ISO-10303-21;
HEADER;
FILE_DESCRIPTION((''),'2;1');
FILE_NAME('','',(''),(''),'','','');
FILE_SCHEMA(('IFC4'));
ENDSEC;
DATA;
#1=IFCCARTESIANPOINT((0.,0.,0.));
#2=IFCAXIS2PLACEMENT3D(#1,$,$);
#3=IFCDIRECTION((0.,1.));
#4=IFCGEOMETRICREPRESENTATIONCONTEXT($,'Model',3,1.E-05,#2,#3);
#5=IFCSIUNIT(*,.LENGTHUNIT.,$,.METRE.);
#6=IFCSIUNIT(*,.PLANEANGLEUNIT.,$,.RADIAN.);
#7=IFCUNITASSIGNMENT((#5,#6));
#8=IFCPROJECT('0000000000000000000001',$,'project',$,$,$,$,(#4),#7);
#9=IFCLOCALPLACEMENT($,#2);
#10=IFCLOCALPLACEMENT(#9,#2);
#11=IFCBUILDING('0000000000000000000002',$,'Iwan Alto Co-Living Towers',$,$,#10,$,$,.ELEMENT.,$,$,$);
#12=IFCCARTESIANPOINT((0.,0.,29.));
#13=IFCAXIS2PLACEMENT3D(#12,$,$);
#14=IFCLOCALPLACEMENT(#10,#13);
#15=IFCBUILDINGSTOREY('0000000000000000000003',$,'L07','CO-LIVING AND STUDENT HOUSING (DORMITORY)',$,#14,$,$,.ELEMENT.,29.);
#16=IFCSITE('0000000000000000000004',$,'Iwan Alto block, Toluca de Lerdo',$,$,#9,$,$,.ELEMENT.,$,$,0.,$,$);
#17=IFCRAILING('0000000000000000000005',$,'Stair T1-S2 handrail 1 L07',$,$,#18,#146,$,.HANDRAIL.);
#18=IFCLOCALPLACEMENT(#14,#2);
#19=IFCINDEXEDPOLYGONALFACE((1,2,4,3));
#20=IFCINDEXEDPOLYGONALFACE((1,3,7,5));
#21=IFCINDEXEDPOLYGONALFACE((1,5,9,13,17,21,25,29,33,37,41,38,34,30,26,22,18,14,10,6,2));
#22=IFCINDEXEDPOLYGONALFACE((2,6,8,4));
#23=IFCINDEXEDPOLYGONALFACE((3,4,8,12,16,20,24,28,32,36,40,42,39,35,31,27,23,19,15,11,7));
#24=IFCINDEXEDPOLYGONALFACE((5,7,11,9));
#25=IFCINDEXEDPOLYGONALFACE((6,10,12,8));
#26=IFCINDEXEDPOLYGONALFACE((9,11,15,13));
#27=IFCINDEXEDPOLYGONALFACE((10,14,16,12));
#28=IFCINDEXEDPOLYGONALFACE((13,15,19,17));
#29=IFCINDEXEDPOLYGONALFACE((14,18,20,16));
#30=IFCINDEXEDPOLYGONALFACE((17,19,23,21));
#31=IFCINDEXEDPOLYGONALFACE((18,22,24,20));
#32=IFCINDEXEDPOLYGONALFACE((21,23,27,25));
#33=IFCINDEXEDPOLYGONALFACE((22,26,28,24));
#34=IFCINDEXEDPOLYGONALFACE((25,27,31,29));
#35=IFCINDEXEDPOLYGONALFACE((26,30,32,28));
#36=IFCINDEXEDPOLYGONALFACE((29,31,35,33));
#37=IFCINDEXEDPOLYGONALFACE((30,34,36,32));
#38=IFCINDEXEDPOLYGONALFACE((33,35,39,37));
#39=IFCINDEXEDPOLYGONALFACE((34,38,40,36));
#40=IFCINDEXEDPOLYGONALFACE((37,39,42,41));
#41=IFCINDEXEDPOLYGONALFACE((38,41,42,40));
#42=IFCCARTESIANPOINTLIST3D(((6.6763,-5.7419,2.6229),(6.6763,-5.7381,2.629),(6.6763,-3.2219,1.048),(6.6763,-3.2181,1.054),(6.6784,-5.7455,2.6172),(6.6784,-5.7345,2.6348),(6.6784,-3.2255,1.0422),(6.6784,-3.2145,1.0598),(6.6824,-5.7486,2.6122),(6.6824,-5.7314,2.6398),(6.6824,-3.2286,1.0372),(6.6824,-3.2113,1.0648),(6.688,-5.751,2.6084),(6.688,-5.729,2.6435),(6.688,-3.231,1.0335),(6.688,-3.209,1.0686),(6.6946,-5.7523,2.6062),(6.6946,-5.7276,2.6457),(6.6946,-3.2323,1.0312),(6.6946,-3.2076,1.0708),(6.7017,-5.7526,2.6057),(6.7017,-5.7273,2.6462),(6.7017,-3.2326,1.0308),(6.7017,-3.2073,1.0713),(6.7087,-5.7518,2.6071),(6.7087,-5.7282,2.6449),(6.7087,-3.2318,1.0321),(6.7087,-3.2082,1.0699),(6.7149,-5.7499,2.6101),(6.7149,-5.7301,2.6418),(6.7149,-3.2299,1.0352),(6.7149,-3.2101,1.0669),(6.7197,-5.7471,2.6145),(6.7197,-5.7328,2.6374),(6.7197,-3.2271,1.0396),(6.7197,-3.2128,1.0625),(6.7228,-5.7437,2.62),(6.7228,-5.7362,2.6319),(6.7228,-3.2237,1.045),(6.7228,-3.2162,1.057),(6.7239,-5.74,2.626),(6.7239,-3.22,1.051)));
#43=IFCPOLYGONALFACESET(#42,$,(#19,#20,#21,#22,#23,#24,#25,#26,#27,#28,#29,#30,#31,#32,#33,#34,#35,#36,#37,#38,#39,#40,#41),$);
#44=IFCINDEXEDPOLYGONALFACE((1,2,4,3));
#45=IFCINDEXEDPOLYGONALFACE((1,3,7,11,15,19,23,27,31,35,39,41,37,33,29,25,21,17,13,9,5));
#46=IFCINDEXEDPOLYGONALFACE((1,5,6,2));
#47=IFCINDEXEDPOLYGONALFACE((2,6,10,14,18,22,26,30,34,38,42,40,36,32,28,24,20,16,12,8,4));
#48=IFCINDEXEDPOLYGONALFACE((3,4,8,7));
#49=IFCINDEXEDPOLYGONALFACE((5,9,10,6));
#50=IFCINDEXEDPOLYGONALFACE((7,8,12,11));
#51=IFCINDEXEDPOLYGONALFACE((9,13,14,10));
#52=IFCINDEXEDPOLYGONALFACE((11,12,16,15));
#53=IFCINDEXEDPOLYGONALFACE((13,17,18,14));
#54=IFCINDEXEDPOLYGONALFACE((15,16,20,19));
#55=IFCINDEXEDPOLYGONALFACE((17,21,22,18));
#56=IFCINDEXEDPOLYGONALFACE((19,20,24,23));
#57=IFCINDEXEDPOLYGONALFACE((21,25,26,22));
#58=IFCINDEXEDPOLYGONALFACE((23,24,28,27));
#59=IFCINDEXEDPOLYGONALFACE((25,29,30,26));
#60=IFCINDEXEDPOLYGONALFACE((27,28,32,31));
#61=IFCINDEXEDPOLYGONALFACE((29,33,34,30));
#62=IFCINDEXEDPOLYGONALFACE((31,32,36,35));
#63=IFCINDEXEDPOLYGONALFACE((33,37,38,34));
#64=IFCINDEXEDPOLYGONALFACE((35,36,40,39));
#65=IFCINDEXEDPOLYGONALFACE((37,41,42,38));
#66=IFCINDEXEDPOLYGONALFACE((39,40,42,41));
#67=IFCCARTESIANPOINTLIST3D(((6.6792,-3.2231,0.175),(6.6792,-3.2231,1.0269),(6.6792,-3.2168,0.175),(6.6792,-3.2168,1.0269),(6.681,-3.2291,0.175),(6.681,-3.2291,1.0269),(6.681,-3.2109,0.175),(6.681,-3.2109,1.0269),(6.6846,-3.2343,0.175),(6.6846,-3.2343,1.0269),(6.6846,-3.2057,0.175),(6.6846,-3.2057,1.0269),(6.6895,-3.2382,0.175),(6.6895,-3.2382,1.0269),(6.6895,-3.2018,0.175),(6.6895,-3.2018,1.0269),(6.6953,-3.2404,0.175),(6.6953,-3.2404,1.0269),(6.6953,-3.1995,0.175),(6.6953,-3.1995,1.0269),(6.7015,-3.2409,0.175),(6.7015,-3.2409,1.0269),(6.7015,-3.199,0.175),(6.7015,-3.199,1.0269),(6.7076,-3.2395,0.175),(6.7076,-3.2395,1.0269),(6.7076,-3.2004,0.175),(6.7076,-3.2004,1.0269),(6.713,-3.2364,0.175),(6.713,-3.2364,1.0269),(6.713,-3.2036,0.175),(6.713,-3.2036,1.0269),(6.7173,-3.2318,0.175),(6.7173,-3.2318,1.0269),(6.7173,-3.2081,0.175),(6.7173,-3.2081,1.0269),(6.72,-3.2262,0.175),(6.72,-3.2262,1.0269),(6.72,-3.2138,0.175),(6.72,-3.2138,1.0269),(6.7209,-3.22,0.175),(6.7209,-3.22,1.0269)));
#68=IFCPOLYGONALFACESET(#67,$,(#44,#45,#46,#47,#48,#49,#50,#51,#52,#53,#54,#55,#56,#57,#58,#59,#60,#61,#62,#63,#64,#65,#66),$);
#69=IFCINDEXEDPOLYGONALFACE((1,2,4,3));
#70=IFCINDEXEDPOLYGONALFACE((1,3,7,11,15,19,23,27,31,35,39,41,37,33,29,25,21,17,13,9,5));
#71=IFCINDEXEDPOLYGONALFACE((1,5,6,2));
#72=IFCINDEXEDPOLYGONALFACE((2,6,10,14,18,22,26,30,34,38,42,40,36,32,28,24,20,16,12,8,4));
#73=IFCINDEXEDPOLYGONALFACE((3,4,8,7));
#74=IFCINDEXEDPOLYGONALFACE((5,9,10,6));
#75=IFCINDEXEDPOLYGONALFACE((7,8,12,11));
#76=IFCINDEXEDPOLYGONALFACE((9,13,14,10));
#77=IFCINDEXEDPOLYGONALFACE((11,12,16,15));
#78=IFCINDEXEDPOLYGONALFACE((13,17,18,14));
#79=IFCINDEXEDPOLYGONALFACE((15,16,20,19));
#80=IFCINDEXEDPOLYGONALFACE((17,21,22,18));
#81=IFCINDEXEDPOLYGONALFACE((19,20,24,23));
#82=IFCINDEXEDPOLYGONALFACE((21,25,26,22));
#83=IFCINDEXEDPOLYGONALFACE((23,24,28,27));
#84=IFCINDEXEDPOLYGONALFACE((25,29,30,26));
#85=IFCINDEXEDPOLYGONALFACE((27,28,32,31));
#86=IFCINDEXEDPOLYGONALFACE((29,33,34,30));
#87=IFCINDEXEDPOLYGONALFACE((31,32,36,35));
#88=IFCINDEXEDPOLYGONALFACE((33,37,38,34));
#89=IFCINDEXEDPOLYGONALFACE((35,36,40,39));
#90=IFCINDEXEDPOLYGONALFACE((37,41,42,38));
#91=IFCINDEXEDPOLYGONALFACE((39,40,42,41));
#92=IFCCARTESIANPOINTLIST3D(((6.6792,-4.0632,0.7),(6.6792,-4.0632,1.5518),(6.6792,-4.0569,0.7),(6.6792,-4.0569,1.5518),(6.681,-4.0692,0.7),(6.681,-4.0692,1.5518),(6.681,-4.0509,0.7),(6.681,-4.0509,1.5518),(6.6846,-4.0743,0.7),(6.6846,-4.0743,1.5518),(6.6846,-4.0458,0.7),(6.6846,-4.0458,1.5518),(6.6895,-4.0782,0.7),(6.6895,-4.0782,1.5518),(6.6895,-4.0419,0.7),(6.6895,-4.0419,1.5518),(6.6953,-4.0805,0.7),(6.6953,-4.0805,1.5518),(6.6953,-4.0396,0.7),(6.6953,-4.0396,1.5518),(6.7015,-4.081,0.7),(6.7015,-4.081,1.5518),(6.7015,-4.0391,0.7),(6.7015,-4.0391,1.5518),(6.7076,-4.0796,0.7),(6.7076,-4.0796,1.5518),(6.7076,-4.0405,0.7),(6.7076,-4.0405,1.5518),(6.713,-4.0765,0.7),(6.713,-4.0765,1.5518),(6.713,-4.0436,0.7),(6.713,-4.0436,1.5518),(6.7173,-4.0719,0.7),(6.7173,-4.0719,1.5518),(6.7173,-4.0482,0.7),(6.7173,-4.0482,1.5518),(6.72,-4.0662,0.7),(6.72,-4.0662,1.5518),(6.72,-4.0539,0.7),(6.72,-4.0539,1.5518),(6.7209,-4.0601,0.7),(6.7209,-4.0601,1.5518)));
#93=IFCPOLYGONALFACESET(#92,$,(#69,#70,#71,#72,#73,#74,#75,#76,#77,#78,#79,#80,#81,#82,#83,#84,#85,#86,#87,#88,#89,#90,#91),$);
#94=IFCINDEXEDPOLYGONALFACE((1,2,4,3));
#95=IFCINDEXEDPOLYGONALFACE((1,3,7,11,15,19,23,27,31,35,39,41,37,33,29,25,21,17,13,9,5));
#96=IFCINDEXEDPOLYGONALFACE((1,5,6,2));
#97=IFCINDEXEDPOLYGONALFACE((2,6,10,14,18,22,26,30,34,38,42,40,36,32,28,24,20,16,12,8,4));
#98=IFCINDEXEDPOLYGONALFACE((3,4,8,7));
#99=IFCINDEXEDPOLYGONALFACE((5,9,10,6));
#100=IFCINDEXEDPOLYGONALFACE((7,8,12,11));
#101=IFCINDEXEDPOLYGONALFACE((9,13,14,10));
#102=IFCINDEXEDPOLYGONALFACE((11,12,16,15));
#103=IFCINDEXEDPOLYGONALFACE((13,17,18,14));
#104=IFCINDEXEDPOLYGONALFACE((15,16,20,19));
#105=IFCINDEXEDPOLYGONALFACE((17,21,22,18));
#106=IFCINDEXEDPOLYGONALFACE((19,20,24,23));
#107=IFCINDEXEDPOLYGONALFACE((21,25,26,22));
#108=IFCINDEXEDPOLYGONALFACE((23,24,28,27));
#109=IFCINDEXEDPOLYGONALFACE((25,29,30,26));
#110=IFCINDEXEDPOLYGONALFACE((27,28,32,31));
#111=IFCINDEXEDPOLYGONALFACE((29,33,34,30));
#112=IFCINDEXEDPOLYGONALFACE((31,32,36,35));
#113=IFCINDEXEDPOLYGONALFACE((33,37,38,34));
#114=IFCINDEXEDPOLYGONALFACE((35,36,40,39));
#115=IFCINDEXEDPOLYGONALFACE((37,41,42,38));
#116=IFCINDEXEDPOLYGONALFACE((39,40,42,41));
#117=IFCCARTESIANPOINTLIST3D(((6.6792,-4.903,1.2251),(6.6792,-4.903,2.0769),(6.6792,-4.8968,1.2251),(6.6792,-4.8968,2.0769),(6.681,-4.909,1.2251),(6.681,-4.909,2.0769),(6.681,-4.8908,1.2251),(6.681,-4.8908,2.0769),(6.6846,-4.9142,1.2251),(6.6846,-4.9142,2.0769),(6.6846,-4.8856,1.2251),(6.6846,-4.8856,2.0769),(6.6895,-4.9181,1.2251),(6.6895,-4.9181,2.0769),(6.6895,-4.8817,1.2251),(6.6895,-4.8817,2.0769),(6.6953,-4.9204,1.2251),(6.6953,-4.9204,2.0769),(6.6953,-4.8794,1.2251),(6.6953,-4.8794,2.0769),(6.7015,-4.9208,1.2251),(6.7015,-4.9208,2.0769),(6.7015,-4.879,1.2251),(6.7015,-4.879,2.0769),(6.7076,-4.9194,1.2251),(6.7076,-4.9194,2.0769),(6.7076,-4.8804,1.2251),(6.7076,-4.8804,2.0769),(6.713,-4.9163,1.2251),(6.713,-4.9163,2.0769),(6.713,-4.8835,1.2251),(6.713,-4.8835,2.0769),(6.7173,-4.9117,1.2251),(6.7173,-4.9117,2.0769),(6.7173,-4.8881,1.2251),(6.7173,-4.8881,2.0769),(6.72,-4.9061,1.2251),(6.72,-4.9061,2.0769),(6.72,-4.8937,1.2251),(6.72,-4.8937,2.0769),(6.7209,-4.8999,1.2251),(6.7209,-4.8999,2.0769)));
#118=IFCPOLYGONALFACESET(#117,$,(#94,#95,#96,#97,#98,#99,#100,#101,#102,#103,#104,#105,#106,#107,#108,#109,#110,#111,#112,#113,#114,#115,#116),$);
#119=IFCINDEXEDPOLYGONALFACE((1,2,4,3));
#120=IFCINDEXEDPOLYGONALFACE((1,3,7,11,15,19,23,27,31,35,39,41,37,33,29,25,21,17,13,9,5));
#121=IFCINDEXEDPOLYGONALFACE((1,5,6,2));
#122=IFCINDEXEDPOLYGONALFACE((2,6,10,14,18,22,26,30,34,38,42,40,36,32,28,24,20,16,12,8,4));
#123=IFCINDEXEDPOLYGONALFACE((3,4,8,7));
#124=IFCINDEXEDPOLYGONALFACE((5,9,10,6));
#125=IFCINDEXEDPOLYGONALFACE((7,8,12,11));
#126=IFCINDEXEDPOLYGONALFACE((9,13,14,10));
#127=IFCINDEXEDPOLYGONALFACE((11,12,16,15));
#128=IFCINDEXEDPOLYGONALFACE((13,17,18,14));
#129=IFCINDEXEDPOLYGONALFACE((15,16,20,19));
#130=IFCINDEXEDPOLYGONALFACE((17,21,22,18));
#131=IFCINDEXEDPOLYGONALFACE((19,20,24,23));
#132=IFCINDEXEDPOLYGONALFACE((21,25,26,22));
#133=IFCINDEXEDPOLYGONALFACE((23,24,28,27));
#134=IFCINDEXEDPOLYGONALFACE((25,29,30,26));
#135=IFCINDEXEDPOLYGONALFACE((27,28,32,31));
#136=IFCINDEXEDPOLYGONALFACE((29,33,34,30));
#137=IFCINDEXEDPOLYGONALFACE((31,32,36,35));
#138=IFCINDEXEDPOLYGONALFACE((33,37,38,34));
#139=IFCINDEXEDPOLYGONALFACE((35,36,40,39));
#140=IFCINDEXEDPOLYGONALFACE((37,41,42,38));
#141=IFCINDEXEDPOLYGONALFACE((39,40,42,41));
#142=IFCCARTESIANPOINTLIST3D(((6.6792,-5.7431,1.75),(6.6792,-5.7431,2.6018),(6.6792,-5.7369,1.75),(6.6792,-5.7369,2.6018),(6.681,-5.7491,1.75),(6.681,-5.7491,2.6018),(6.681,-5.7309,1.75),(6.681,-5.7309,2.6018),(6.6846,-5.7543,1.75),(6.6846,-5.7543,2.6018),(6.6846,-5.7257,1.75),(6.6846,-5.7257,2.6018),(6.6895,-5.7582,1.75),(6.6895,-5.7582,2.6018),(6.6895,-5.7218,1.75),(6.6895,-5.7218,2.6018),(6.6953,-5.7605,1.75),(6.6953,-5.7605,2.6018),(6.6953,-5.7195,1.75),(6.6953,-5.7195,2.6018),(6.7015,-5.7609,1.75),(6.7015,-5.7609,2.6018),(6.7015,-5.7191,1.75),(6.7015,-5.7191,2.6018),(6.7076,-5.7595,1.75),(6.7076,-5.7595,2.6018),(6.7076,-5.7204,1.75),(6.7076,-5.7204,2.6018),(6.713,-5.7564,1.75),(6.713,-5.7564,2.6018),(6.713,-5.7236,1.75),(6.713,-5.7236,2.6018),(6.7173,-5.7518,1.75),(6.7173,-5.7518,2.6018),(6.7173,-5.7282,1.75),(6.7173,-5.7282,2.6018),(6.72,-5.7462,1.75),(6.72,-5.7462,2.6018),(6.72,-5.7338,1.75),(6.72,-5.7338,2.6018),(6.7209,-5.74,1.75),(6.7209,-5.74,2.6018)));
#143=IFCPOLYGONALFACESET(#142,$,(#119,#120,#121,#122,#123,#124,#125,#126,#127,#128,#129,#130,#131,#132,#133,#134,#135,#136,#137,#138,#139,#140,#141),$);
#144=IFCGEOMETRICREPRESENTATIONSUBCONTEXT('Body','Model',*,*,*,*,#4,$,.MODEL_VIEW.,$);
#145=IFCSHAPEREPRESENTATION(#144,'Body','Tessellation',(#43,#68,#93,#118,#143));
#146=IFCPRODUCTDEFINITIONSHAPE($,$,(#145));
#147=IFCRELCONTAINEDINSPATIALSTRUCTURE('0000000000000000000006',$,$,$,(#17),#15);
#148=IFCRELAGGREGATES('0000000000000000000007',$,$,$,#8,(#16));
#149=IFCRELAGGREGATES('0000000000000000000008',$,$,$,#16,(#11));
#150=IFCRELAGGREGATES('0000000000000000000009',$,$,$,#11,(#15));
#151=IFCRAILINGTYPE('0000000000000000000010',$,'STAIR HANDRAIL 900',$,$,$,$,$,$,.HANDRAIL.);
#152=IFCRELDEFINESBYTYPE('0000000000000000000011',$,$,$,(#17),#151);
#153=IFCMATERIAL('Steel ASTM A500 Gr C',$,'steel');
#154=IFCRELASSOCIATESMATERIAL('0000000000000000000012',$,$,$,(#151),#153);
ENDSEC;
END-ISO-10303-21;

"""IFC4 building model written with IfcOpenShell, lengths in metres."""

from ifc_helpers import new_model, si_unit, direction, frame, origin, origin_2d, place, context, subcontext, project, spatial, circle, extrude, material, type_object, element, save


model = new_model("IFC4")

# Units and contexts
model_context = context("Model", 3, precision=1e-05, world=origin(), true_north=direction((0.0, 1.0)))
body_context = subcontext(model_context, "Body", "Model", "MODEL_VIEW")
ifc_project = project(units=[si_unit("LENGTHUNIT", "METRE"), si_unit("PLANEANGLEUNIT", "RADIAN")], contexts=[model_context])

# Site, building, storey
site_placement = place(None, origin())
site = spatial("IfcSite", under=ifc_project, at=site_placement, Name="Iwan Alto block, Toluca de Lerdo", CompositionType="ELEMENT", RefElevation=0.0)
building_placement = place(site_placement, origin())
building = spatial("IfcBuilding", under=site, at=building_placement, Name="Iwan Alto Co-Living Towers", CompositionType="ELEMENT")
storey_placement = place(building_placement, frame((0.0, 0.0, 29.0)))
storey = spatial("IfcBuildingStorey", under=building, at=storey_placement, Name="L07", Description="CO-LIVING AND STUDENT HOUSING (DORMITORY)", CompositionType="ELEMENT", Elevation=29.0)

# Railing
ifc_material_1 = material(Name="Steel ASTM A500 Gr C", Category="steel")
railing_type_1 = type_object("IfcRailingType", Name="STAIR HANDRAIL 900", PredefinedType="HANDRAIL", material=ifc_material_1)
railing_1_placement = place(storey_placement, frame((6.7, -3.22, 0.175)))
element("IfcRailing", 1, at=railing_1_placement, inside=storey, type_object=railing_type_1, Name="Stair T1-S2 handrail 1 L07", PredefinedType="HANDRAIL", context=body_context, shape_type="SweptSolid", body=[
    extrude(circle(Radius=0.0239, at=origin_2d()), frame((0.0, 0.0, 0.876), z_axis=(0.0, -0.848008, 0.529984), x_axis=(1.0, 0.0, 0.0)), (0.0, 0.0, 1.0), 2.9717),
    extrude(circle(Radius=0.021, at=origin_2d()), origin(), (0.0, 0.0, 1.0), 0.8518),
    extrude(circle(Radius=0.021, at=origin_2d()), frame((0.0, -0.8401, 0.5249)), (0.0, 0.0, 1.0), 0.8518),
    extrude(circle(Radius=0.021, at=origin_2d()), frame((0.0, -1.6799, 1.05)), (0.0, 0.0, 1.0), 0.8518),
    extrude(circle(Radius=0.021, at=origin_2d()), frame((0.0, -2.52, 1.575)), (0.0, 0.0, 1.0), 0.8518),
])

save(model, "model.ifc")
